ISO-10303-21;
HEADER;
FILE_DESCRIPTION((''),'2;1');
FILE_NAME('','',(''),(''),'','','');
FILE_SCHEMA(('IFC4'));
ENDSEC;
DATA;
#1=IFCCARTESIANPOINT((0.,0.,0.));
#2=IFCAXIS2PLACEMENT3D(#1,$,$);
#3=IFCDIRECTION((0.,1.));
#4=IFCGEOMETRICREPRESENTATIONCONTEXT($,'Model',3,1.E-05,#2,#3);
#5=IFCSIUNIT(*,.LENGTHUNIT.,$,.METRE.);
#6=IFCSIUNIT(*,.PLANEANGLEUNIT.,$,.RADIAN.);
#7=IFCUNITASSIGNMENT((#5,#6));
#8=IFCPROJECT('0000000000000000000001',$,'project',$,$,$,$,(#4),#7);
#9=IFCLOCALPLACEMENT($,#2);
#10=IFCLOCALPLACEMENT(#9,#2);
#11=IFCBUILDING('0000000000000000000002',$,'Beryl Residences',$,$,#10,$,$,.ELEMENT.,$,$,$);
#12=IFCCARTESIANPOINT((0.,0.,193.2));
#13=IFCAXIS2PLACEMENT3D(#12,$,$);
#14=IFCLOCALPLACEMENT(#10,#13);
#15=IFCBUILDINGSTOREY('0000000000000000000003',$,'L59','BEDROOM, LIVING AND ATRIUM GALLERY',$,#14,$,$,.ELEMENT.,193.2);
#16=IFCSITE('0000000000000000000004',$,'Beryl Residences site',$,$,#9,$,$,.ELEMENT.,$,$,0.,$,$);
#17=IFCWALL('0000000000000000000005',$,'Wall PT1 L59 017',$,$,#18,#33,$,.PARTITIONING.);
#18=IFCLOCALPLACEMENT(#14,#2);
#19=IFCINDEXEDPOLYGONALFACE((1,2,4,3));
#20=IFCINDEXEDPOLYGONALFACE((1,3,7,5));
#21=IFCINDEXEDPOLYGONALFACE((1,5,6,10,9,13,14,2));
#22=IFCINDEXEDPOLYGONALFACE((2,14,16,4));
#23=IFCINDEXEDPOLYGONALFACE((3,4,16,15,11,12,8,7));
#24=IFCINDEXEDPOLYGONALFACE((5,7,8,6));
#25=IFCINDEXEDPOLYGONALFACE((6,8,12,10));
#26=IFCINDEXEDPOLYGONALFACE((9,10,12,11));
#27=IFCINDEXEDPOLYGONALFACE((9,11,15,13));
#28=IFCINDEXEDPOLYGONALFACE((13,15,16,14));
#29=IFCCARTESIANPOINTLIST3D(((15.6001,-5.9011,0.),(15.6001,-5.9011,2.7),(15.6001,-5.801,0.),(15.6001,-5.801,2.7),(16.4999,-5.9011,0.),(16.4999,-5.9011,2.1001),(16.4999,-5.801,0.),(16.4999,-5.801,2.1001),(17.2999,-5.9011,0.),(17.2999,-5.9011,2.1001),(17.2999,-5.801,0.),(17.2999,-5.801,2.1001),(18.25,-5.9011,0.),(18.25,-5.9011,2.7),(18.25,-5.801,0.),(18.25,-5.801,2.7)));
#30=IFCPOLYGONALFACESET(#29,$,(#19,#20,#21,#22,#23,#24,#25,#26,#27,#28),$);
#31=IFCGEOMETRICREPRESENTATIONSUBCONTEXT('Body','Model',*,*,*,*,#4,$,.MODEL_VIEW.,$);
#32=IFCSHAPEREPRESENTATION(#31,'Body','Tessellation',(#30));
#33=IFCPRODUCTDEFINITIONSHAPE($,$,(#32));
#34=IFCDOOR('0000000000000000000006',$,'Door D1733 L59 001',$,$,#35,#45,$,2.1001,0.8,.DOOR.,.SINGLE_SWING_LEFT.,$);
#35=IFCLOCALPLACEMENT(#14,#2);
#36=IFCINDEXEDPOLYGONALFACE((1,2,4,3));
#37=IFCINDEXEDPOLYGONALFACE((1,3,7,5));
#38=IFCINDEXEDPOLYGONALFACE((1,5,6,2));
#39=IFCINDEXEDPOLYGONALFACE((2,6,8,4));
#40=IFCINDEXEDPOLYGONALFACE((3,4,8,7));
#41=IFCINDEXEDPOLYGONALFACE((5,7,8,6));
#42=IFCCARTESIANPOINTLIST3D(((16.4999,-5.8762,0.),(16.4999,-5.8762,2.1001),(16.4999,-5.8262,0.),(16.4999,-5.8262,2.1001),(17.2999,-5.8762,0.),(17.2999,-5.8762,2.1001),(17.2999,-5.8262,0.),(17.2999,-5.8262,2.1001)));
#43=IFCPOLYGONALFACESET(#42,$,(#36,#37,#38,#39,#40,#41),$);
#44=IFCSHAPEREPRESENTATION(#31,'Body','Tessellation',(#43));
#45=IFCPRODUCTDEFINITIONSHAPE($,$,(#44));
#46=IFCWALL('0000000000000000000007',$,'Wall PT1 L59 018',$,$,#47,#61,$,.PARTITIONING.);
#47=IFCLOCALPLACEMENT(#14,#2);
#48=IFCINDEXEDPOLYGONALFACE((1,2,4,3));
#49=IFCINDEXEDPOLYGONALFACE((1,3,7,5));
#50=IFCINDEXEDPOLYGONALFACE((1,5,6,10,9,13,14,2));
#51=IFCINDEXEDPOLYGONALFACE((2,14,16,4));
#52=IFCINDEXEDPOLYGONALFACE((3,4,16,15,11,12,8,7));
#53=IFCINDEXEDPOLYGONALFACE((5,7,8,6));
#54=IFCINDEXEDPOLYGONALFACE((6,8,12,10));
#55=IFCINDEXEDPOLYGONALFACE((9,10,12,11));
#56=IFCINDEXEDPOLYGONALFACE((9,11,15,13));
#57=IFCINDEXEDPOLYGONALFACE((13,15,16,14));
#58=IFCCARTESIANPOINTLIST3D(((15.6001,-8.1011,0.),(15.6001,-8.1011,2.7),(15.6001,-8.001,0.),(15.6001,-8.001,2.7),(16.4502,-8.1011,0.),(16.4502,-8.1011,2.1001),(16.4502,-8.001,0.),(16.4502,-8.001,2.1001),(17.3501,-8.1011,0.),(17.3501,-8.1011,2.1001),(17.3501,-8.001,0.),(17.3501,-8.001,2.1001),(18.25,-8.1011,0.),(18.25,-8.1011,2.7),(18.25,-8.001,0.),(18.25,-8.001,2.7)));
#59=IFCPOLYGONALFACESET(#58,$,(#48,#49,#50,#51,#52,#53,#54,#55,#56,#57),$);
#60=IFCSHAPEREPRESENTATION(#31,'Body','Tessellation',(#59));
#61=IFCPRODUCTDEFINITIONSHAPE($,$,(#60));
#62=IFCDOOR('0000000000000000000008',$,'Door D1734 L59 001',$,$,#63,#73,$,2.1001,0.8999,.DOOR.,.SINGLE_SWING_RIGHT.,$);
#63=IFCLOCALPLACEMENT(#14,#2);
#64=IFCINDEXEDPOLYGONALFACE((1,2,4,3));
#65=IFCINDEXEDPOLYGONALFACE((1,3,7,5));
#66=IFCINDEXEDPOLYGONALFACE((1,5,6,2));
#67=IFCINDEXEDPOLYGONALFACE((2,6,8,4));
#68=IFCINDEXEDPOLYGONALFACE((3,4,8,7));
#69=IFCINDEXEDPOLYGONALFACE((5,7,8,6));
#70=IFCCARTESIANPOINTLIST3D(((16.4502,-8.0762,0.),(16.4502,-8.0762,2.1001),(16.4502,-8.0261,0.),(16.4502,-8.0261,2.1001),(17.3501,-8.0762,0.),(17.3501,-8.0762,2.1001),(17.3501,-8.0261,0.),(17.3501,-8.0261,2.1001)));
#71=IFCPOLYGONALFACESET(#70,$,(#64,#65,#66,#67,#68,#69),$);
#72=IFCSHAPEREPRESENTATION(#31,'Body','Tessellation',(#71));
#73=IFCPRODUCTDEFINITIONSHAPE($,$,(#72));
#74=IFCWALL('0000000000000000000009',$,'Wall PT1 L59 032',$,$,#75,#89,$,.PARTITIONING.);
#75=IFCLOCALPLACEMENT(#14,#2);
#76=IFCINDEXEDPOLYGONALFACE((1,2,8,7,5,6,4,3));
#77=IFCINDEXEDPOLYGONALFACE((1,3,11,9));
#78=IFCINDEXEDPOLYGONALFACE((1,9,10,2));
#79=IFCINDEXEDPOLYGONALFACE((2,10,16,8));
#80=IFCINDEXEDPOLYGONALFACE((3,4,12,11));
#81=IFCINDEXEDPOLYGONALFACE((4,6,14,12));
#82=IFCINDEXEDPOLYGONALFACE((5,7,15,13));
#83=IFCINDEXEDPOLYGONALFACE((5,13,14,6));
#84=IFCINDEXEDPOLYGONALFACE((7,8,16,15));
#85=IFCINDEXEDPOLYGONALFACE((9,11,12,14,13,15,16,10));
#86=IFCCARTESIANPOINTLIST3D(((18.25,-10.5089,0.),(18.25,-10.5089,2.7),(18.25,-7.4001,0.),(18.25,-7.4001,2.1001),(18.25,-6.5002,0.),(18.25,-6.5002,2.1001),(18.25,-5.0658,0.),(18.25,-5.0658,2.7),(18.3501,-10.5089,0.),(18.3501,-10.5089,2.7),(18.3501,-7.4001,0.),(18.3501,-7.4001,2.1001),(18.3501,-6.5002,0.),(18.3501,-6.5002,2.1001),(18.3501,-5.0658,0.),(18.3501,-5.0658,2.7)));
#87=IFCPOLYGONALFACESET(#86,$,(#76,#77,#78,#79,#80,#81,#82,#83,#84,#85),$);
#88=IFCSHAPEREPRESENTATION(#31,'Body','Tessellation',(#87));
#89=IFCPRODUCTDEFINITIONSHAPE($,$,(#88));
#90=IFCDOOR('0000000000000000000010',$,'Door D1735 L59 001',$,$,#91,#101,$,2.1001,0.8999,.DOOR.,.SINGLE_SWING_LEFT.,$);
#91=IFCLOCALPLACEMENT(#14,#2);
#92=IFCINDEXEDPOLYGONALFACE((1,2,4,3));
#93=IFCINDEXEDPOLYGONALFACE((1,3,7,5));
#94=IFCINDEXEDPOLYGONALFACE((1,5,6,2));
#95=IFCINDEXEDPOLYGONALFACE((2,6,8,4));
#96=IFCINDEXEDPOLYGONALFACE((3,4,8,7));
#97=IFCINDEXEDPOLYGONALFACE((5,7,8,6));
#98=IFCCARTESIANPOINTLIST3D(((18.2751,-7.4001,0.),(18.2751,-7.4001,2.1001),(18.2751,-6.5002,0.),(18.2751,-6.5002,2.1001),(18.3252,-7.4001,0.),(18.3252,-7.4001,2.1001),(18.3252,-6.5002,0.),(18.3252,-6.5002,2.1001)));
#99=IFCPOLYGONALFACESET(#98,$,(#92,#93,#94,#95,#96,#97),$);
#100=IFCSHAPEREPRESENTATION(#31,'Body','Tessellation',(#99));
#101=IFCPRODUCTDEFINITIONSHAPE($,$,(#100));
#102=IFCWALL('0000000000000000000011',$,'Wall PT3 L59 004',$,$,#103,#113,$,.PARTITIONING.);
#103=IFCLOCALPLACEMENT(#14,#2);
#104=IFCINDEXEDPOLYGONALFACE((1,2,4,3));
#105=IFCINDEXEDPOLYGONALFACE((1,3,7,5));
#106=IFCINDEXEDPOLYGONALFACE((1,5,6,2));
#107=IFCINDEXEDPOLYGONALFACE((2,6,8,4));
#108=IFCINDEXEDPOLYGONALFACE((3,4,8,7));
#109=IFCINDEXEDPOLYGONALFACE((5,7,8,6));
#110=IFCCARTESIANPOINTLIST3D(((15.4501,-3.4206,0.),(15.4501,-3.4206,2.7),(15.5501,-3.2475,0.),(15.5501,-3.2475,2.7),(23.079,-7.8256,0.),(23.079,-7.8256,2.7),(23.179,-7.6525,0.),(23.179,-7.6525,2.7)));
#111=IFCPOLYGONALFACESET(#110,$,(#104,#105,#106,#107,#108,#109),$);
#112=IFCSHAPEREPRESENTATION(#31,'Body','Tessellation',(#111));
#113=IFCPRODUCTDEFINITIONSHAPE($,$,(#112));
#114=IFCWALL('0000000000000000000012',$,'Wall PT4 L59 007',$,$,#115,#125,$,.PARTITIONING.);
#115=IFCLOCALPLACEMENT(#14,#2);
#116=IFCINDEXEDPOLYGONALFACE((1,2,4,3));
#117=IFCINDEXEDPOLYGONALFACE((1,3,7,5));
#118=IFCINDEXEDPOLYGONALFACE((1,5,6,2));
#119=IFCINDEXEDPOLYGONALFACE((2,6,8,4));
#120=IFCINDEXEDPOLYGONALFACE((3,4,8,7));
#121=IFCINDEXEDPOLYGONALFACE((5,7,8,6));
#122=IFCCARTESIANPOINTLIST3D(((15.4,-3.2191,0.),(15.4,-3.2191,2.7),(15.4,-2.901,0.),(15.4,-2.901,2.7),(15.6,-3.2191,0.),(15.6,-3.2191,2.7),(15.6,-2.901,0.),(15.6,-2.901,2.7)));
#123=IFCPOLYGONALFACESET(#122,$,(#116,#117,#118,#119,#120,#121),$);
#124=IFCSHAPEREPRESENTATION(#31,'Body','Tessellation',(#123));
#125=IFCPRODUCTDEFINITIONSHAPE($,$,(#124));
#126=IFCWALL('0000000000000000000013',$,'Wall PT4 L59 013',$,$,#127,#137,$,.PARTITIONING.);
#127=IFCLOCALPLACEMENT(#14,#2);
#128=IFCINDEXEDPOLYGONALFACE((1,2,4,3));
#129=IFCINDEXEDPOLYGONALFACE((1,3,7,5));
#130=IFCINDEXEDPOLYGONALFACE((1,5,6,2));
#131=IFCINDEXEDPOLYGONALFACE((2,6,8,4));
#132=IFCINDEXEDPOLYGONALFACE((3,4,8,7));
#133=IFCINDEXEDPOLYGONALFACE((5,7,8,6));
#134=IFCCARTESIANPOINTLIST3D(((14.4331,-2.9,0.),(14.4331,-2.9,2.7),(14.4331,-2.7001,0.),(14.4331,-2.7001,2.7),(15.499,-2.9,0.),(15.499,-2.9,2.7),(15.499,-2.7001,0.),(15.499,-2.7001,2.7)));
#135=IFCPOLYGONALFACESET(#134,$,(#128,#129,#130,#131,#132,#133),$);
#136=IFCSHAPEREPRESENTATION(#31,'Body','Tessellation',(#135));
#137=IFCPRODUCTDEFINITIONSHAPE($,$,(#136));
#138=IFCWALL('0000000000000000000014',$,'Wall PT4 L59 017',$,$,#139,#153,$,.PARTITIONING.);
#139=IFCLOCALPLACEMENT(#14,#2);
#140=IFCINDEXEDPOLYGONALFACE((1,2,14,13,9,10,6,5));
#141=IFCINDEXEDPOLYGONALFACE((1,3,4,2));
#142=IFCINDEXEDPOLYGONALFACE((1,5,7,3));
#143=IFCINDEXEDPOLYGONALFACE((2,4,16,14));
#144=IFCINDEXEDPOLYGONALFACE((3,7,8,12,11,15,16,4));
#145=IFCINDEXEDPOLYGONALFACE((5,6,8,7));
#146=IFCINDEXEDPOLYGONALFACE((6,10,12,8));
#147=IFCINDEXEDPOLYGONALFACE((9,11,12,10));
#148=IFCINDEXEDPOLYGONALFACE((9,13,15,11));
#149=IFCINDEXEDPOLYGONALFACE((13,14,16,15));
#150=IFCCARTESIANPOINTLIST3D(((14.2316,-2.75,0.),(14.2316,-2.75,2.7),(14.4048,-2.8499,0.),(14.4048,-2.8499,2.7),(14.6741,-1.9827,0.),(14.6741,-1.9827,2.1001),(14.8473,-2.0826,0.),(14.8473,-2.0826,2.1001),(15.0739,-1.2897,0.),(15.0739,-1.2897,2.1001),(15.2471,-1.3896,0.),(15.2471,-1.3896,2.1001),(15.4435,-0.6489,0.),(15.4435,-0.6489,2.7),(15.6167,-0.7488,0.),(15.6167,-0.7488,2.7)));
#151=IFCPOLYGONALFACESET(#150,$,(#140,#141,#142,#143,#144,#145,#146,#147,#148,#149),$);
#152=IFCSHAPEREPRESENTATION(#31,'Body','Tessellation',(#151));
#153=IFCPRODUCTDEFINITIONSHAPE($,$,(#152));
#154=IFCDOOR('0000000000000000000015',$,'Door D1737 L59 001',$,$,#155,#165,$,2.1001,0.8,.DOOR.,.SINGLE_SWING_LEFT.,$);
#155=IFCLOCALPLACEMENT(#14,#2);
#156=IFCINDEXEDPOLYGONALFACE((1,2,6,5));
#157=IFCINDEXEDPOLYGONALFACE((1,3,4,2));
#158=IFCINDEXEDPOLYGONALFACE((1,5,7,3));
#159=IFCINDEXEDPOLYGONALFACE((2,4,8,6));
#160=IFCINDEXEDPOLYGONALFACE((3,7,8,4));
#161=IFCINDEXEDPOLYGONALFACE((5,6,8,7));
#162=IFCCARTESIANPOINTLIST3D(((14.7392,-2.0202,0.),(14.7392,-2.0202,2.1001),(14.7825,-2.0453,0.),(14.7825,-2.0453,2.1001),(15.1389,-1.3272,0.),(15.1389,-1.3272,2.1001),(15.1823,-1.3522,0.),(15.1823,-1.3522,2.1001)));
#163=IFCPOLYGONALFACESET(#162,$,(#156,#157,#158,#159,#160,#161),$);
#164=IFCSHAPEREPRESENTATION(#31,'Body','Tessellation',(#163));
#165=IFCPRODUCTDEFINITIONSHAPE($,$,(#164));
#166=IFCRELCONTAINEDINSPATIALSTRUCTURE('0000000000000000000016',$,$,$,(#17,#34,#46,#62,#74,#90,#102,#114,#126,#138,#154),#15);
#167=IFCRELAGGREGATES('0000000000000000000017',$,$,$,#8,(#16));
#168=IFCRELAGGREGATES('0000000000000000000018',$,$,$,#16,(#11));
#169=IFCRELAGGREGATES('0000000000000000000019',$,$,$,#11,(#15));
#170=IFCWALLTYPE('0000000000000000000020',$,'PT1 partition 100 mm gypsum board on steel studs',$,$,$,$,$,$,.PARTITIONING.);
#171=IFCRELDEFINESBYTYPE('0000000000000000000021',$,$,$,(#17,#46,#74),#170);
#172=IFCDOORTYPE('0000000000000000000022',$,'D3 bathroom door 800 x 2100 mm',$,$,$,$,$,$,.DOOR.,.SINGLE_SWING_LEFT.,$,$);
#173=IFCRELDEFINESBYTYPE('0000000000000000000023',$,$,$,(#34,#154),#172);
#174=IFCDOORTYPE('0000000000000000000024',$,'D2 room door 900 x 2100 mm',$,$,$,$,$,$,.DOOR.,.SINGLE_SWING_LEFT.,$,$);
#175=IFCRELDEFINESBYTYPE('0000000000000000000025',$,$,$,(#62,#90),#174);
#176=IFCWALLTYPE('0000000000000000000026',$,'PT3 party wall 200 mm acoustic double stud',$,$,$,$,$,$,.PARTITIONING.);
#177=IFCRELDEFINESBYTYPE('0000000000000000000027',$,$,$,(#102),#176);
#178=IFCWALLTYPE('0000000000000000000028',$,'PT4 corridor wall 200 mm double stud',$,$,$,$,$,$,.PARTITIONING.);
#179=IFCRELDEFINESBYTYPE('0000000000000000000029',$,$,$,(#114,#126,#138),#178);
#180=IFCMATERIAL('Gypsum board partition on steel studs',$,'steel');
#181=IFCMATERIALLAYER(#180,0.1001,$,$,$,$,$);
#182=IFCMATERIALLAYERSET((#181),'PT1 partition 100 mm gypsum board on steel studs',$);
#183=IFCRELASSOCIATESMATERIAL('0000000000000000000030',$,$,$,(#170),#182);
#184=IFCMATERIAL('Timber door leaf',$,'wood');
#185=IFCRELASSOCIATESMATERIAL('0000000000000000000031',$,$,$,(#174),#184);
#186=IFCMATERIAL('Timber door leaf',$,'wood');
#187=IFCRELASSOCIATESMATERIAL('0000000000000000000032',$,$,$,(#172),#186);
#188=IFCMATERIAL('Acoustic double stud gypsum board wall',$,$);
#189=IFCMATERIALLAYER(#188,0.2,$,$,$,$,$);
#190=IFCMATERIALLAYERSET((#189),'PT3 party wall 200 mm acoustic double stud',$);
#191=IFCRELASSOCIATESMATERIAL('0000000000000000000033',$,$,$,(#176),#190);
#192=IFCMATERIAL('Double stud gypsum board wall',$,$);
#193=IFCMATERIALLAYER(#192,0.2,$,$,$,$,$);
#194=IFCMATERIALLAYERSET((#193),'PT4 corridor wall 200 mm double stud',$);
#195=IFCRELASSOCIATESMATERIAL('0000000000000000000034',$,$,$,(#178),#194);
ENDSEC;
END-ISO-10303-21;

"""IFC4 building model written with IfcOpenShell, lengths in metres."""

from ifc_helpers import new_model, si_unit, direction, frame, frame_2d, origin, place, context, subcontext, project, spatial, rectangle, extrude, material, layer, layer_set, type_object, element, fill, save


model = new_model("IFC4")

# Units and contexts
model_context = context("Model", 3, precision=1e-05, world=origin(), true_north=direction((0.0, 1.0)))
body_context = subcontext(model_context, "Body", "Model", "MODEL_VIEW")
ifc_project = project(units=[si_unit("LENGTHUNIT", "METRE"), si_unit("PLANEANGLEUNIT", "RADIAN")], contexts=[model_context])

# Site, building, storey
site_placement = place(None, origin())
site = spatial("IfcSite", under=ifc_project, at=site_placement, Name="Beryl Residences site", CompositionType="ELEMENT", RefElevation=0.0)
building_placement = place(site_placement, origin())
building = spatial("IfcBuilding", under=site, at=building_placement, Name="Beryl Residences", CompositionType="ELEMENT")
storey_placement = place(building_placement, frame((0.0, 0.0, 193.2)))
storey = spatial("IfcBuildingStorey", under=building, at=storey_placement, Name="L59", Description="BEDROOM, LIVING AND ATRIUM GALLERY", CompositionType="ELEMENT", Elevation=193.2)

# Walls, openings, doors
ifc_material_1 = material(Name="Gypsum board partition on steel studs", Category="steel")
ifc_layer_1 = layer(ifc_material_1, 0.1001)
ifc_layer_set_1 = layer_set([ifc_layer_1], Name="PT1 partition 100 mm gypsum board on steel studs")
wall_type_1 = type_object("IfcWallType", Name="PT1 partition 100 mm gypsum board on steel studs", PredefinedType="PARTITIONING", material=ifc_layer_set_1)
ifc_material_2 = material(Name="Timber door leaf", Category="wood")
door_type_1 = type_object("IfcDoorType", Name="D2 room door 900 x 2100 mm", OperationType="SINGLE_SWING_LEFT", PredefinedType="DOOR", material=ifc_material_2)
wall_1_placement = place(storey_placement, frame((15.6001, -5.8511, 0.0), z_axis=(0.0, 0.0, 1.0), x_axis=(1.0, 0.0, 0.0)))
wall_1 = element("IfcWall", 1, at=wall_1_placement, inside=storey, type_object=wall_type_1, Name="Wall PT1 L59 017", PredefinedType="PARTITIONING", context=body_context, shape_type="SweptSolid", body=[
    extrude(rectangle(XDim=2.6499, YDim=0.1001, at=frame_2d((1.325, 0.0))), origin(), (0.0, 0.0, 1.0), 2.7),
])
opening_1_placement = place(wall_1_placement, frame((0.8999, 0.0, 0.0)))
opening_1 = element("IfcOpeningElement", 2, at=opening_1_placement, cuts=wall_1, PredefinedType="OPENING", context=body_context, shape_type="SweptSolid", body=[
    extrude(rectangle(XDim=0.8, YDim=2.1001, at=frame_2d((0.3999, 1.05))), frame((0.0, 0.0601, 0.0), z_axis=(0.0, -1.0, 0.0), x_axis=(1.0, 0.0, 0.0)), (0.0, 0.0, 1.0), 0.1201),
])
ifc_material_3 = material(Name="Timber door leaf", Category="wood")
door_type_2 = type_object("IfcDoorType", Name="D3 bathroom door 800 x 2100 mm", OperationType="SINGLE_SWING_LEFT", PredefinedType="DOOR", material=ifc_material_3)
door_1_placement = place(opening_1_placement, origin())
door_1 = element("IfcDoor", 3, at=door_1_placement, inside=storey, type_object=door_type_2, Name="Door D1733 L59 001", OperationType="SINGLE_SWING_LEFT", OverallHeight=2.1001, OverallWidth=0.8, PredefinedType="DOOR", context=body_context, shape_type="SweptSolid", body=[
    extrude(rectangle(XDim=0.8, YDim=2.1001, at=frame_2d((0.3999, 1.05))), frame((0.0, 0.0249, 0.0), z_axis=(0.0, -1.0, 0.0), x_axis=(1.0, 0.0, 0.0)), (0.0, 0.0, 1.0), 0.05),
])
fill(opening_1, door_1)
wall_2_placement = place(storey_placement, frame((15.6001, -8.051, 0.0), z_axis=(0.0, 0.0, 1.0), x_axis=(1.0, 0.0, 0.0)))
wall_2 = element("IfcWall", 4, at=wall_2_placement, inside=storey, type_object=wall_type_1, Name="Wall PT1 L59 018", PredefinedType="PARTITIONING", context=body_context, shape_type="SweptSolid", body=[
    extrude(rectangle(XDim=2.6499, YDim=0.1001, at=frame_2d((1.325, 0.0))), origin(), (0.0, 0.0, 1.0), 2.7),
])
opening_2_placement = place(wall_2_placement, frame((0.8501, 0.0, 0.0)))
opening_2 = element("IfcOpeningElement", 5, at=opening_2_placement, cuts=wall_2, PredefinedType="OPENING", context=body_context, shape_type="SweptSolid", body=[
    extrude(rectangle(XDim=0.8999, YDim=2.1001, at=frame_2d((0.45, 1.05))), frame((0.0, 0.0601, 0.0), z_axis=(0.0, -1.0, 0.0), x_axis=(1.0, 0.0, 0.0)), (0.0, 0.0, 1.0), 0.1201),
])
door_2_placement = place(opening_2_placement, origin())
door_2 = element("IfcDoor", 6, at=door_2_placement, inside=storey, type_object=door_type_1, Name="Door D1734 L59 001", OperationType="SINGLE_SWING_RIGHT", OverallHeight=2.1001, OverallWidth=0.8999, PredefinedType="DOOR", context=body_context, shape_type="SweptSolid", body=[
    extrude(rectangle(XDim=0.8999, YDim=2.1001, at=frame_2d((0.45, 1.05))), frame((0.0, 0.0249, 0.0), z_axis=(0.0, -1.0, 0.0), x_axis=(1.0, 0.0, 0.0)), (0.0, 0.0, 1.0), 0.05),
])
fill(opening_2, door_2)
wall_3_placement = place(storey_placement, frame((18.3, -10.509, 0.0), z_axis=(0.0, 0.0, 1.0), x_axis=(0.0, 1.0, 0.0)))
wall_3 = element("IfcWall", 7, at=wall_3_placement, inside=storey, type_object=wall_type_1, Name="Wall PT1 L59 032", PredefinedType="PARTITIONING", context=body_context, shape_type="SweptSolid", body=[
    extrude(rectangle(XDim=5.4431, YDim=0.1001, at=frame_2d((2.7217, 0.0))), origin(), (0.0, 0.0, 1.0), 2.7),
])
opening_3_placement = place(wall_3_placement, frame((3.1089, 0.0, 0.0)))
opening_3 = element("IfcOpeningElement", 8, at=opening_3_placement, cuts=wall_3, PredefinedType="OPENING", context=body_context, shape_type="SweptSolid", body=[
    extrude(rectangle(XDim=0.8999, YDim=2.1001, at=frame_2d((0.45, 1.05))), frame((0.0, 0.0601, 0.0), z_axis=(0.0, -1.0, 0.0), x_axis=(1.0, 0.0, 0.0)), (0.0, 0.0, 1.0), 0.1201),
])
door_3_placement = place(opening_3_placement, origin())
door_3 = element("IfcDoor", 9, at=door_3_placement, inside=storey, type_object=door_type_1, Name="Door D1735 L59 001", OperationType="SINGLE_SWING_LEFT", OverallHeight=2.1001, OverallWidth=0.8999, PredefinedType="DOOR", context=body_context, shape_type="SweptSolid", body=[
    extrude(rectangle(XDim=0.8999, YDim=2.1001, at=frame_2d((0.45, 1.05))), frame((0.0, 0.0249, 0.0), z_axis=(0.0, -1.0, 0.0), x_axis=(1.0, 0.0, 0.0)), (0.0, 0.0, 1.0), 0.05),
])
fill(opening_3, door_3)

# Walls
ifc_material_4 = material(Name="Acoustic double stud gypsum board wall")
ifc_layer_2 = layer(ifc_material_4, 0.2)
ifc_layer_set_2 = layer_set([ifc_layer_2], Name="PT3 party wall 200 mm acoustic double stud")
wall_type_2 = type_object("IfcWallType", Name="PT3 party wall 200 mm acoustic double stud", PredefinedType="PARTITIONING", material=ifc_layer_set_2)
wall_4_placement = place(storey_placement, frame((15.5, -3.334, 0.0), z_axis=(0.0, 0.0, 1.0), x_axis=(0.866002, -0.500041, 0.0)))
element("IfcWall", 10, at=wall_4_placement, inside=storey, type_object=wall_type_2, Name="Wall PT3 L59 004", PredefinedType="PARTITIONING", context=body_context, shape_type="SweptSolid", body=[
    extrude(rectangle(XDim=8.8093, YDim=0.2, at=frame_2d((4.4048, 0.0))), origin(), (0.0, 0.0, 1.0), 2.7),
])
ifc_material_5 = material(Name="Double stud gypsum board wall")
ifc_layer_3 = layer(ifc_material_5, 0.2)
ifc_layer_set_3 = layer_set([ifc_layer_3], Name="PT4 corridor wall 200 mm double stud")
wall_type_3 = type_object("IfcWallType", Name="PT4 corridor wall 200 mm double stud", PredefinedType="PARTITIONING", material=ifc_layer_set_3)
wall_5_placement = place(storey_placement, frame((15.5, -2.9009, 0.0), z_axis=(0.0, 0.0, 1.0), x_axis=(0.0, -1.0, 0.0)))
element("IfcWall", 11, at=wall_5_placement, inside=storey, type_object=wall_type_3, Name="Wall PT4 L59 007", PredefinedType="PARTITIONING", context=body_context, shape_type="SweptSolid", body=[
    extrude(rectangle(XDim=0.3181, YDim=0.2, at=frame_2d((0.1592, 0.0))), origin(), (0.0, 0.0, 1.0), 2.7),
])
wall_6_placement = place(storey_placement, frame((14.4331, -2.8, 0.0), z_axis=(0.0, 0.0, 1.0), x_axis=(1.0, 0.0, 0.0)))
element("IfcWall", 12, at=wall_6_placement, inside=storey, type_object=wall_type_3, Name="Wall PT4 L59 013", PredefinedType="PARTITIONING", context=body_context, shape_type="SweptSolid", body=[
    extrude(rectangle(XDim=1.0659, YDim=0.2, at=frame_2d((0.533, 0.0))), origin(), (0.0, 0.0, 1.0), 2.7),
])

# Wall, opening, door
wall_7_placement = place(storey_placement, frame((14.3181, -2.8, 0.0), z_axis=(0.0, 0.0, 1.0), x_axis=(0.499647, 0.866229, 0.0)))
wall_7 = element("IfcWall", 13, at=wall_7_placement, inside=storey, type_object=wall_type_3, Name="Wall PT4 L59 017", PredefinedType="PARTITIONING", context=body_context, shape_type="SweptSolid", body=[
    extrude(rectangle(XDim=2.4255, YDim=0.2, at=frame_2d((1.2129, 0.0))), origin(), (0.0, 0.0, 1.0), 2.7),
])
opening_4_placement = place(wall_7_placement, frame((0.886, 0.0, 0.0)))
opening_4 = element("IfcOpeningElement", 14, at=opening_4_placement, cuts=wall_7, PredefinedType="OPENING", context=body_context, shape_type="SweptSolid", body=[
    extrude(rectangle(XDim=0.8, YDim=2.1001, at=frame_2d((0.3999, 1.05))), frame((0.0, 0.1099, 0.0), z_axis=(0.0, -1.0, 0.0), x_axis=(1.0, 0.0, 0.0)), (0.0, 0.0, 1.0), 0.22),
])
door_4_placement = place(opening_4_placement, origin())
door_4 = element("IfcDoor", 15, at=door_4_placement, inside=storey, type_object=door_type_2, Name="Door D1737 L59 001", OperationType="SINGLE_SWING_LEFT", OverallHeight=2.1001, OverallWidth=0.8, PredefinedType="DOOR", context=body_context, shape_type="SweptSolid", body=[
    extrude(rectangle(XDim=0.8, YDim=2.1001, at=frame_2d((0.3999, 1.05))), frame((0.0, 0.0249, 0.0), z_axis=(0.0, -1.0, 0.0), x_axis=(1.0, 0.0, 0.0)), (0.0, 0.0, 1.0), 0.05),
])
fill(opening_4, door_4)

save(model, "model.ifc")
